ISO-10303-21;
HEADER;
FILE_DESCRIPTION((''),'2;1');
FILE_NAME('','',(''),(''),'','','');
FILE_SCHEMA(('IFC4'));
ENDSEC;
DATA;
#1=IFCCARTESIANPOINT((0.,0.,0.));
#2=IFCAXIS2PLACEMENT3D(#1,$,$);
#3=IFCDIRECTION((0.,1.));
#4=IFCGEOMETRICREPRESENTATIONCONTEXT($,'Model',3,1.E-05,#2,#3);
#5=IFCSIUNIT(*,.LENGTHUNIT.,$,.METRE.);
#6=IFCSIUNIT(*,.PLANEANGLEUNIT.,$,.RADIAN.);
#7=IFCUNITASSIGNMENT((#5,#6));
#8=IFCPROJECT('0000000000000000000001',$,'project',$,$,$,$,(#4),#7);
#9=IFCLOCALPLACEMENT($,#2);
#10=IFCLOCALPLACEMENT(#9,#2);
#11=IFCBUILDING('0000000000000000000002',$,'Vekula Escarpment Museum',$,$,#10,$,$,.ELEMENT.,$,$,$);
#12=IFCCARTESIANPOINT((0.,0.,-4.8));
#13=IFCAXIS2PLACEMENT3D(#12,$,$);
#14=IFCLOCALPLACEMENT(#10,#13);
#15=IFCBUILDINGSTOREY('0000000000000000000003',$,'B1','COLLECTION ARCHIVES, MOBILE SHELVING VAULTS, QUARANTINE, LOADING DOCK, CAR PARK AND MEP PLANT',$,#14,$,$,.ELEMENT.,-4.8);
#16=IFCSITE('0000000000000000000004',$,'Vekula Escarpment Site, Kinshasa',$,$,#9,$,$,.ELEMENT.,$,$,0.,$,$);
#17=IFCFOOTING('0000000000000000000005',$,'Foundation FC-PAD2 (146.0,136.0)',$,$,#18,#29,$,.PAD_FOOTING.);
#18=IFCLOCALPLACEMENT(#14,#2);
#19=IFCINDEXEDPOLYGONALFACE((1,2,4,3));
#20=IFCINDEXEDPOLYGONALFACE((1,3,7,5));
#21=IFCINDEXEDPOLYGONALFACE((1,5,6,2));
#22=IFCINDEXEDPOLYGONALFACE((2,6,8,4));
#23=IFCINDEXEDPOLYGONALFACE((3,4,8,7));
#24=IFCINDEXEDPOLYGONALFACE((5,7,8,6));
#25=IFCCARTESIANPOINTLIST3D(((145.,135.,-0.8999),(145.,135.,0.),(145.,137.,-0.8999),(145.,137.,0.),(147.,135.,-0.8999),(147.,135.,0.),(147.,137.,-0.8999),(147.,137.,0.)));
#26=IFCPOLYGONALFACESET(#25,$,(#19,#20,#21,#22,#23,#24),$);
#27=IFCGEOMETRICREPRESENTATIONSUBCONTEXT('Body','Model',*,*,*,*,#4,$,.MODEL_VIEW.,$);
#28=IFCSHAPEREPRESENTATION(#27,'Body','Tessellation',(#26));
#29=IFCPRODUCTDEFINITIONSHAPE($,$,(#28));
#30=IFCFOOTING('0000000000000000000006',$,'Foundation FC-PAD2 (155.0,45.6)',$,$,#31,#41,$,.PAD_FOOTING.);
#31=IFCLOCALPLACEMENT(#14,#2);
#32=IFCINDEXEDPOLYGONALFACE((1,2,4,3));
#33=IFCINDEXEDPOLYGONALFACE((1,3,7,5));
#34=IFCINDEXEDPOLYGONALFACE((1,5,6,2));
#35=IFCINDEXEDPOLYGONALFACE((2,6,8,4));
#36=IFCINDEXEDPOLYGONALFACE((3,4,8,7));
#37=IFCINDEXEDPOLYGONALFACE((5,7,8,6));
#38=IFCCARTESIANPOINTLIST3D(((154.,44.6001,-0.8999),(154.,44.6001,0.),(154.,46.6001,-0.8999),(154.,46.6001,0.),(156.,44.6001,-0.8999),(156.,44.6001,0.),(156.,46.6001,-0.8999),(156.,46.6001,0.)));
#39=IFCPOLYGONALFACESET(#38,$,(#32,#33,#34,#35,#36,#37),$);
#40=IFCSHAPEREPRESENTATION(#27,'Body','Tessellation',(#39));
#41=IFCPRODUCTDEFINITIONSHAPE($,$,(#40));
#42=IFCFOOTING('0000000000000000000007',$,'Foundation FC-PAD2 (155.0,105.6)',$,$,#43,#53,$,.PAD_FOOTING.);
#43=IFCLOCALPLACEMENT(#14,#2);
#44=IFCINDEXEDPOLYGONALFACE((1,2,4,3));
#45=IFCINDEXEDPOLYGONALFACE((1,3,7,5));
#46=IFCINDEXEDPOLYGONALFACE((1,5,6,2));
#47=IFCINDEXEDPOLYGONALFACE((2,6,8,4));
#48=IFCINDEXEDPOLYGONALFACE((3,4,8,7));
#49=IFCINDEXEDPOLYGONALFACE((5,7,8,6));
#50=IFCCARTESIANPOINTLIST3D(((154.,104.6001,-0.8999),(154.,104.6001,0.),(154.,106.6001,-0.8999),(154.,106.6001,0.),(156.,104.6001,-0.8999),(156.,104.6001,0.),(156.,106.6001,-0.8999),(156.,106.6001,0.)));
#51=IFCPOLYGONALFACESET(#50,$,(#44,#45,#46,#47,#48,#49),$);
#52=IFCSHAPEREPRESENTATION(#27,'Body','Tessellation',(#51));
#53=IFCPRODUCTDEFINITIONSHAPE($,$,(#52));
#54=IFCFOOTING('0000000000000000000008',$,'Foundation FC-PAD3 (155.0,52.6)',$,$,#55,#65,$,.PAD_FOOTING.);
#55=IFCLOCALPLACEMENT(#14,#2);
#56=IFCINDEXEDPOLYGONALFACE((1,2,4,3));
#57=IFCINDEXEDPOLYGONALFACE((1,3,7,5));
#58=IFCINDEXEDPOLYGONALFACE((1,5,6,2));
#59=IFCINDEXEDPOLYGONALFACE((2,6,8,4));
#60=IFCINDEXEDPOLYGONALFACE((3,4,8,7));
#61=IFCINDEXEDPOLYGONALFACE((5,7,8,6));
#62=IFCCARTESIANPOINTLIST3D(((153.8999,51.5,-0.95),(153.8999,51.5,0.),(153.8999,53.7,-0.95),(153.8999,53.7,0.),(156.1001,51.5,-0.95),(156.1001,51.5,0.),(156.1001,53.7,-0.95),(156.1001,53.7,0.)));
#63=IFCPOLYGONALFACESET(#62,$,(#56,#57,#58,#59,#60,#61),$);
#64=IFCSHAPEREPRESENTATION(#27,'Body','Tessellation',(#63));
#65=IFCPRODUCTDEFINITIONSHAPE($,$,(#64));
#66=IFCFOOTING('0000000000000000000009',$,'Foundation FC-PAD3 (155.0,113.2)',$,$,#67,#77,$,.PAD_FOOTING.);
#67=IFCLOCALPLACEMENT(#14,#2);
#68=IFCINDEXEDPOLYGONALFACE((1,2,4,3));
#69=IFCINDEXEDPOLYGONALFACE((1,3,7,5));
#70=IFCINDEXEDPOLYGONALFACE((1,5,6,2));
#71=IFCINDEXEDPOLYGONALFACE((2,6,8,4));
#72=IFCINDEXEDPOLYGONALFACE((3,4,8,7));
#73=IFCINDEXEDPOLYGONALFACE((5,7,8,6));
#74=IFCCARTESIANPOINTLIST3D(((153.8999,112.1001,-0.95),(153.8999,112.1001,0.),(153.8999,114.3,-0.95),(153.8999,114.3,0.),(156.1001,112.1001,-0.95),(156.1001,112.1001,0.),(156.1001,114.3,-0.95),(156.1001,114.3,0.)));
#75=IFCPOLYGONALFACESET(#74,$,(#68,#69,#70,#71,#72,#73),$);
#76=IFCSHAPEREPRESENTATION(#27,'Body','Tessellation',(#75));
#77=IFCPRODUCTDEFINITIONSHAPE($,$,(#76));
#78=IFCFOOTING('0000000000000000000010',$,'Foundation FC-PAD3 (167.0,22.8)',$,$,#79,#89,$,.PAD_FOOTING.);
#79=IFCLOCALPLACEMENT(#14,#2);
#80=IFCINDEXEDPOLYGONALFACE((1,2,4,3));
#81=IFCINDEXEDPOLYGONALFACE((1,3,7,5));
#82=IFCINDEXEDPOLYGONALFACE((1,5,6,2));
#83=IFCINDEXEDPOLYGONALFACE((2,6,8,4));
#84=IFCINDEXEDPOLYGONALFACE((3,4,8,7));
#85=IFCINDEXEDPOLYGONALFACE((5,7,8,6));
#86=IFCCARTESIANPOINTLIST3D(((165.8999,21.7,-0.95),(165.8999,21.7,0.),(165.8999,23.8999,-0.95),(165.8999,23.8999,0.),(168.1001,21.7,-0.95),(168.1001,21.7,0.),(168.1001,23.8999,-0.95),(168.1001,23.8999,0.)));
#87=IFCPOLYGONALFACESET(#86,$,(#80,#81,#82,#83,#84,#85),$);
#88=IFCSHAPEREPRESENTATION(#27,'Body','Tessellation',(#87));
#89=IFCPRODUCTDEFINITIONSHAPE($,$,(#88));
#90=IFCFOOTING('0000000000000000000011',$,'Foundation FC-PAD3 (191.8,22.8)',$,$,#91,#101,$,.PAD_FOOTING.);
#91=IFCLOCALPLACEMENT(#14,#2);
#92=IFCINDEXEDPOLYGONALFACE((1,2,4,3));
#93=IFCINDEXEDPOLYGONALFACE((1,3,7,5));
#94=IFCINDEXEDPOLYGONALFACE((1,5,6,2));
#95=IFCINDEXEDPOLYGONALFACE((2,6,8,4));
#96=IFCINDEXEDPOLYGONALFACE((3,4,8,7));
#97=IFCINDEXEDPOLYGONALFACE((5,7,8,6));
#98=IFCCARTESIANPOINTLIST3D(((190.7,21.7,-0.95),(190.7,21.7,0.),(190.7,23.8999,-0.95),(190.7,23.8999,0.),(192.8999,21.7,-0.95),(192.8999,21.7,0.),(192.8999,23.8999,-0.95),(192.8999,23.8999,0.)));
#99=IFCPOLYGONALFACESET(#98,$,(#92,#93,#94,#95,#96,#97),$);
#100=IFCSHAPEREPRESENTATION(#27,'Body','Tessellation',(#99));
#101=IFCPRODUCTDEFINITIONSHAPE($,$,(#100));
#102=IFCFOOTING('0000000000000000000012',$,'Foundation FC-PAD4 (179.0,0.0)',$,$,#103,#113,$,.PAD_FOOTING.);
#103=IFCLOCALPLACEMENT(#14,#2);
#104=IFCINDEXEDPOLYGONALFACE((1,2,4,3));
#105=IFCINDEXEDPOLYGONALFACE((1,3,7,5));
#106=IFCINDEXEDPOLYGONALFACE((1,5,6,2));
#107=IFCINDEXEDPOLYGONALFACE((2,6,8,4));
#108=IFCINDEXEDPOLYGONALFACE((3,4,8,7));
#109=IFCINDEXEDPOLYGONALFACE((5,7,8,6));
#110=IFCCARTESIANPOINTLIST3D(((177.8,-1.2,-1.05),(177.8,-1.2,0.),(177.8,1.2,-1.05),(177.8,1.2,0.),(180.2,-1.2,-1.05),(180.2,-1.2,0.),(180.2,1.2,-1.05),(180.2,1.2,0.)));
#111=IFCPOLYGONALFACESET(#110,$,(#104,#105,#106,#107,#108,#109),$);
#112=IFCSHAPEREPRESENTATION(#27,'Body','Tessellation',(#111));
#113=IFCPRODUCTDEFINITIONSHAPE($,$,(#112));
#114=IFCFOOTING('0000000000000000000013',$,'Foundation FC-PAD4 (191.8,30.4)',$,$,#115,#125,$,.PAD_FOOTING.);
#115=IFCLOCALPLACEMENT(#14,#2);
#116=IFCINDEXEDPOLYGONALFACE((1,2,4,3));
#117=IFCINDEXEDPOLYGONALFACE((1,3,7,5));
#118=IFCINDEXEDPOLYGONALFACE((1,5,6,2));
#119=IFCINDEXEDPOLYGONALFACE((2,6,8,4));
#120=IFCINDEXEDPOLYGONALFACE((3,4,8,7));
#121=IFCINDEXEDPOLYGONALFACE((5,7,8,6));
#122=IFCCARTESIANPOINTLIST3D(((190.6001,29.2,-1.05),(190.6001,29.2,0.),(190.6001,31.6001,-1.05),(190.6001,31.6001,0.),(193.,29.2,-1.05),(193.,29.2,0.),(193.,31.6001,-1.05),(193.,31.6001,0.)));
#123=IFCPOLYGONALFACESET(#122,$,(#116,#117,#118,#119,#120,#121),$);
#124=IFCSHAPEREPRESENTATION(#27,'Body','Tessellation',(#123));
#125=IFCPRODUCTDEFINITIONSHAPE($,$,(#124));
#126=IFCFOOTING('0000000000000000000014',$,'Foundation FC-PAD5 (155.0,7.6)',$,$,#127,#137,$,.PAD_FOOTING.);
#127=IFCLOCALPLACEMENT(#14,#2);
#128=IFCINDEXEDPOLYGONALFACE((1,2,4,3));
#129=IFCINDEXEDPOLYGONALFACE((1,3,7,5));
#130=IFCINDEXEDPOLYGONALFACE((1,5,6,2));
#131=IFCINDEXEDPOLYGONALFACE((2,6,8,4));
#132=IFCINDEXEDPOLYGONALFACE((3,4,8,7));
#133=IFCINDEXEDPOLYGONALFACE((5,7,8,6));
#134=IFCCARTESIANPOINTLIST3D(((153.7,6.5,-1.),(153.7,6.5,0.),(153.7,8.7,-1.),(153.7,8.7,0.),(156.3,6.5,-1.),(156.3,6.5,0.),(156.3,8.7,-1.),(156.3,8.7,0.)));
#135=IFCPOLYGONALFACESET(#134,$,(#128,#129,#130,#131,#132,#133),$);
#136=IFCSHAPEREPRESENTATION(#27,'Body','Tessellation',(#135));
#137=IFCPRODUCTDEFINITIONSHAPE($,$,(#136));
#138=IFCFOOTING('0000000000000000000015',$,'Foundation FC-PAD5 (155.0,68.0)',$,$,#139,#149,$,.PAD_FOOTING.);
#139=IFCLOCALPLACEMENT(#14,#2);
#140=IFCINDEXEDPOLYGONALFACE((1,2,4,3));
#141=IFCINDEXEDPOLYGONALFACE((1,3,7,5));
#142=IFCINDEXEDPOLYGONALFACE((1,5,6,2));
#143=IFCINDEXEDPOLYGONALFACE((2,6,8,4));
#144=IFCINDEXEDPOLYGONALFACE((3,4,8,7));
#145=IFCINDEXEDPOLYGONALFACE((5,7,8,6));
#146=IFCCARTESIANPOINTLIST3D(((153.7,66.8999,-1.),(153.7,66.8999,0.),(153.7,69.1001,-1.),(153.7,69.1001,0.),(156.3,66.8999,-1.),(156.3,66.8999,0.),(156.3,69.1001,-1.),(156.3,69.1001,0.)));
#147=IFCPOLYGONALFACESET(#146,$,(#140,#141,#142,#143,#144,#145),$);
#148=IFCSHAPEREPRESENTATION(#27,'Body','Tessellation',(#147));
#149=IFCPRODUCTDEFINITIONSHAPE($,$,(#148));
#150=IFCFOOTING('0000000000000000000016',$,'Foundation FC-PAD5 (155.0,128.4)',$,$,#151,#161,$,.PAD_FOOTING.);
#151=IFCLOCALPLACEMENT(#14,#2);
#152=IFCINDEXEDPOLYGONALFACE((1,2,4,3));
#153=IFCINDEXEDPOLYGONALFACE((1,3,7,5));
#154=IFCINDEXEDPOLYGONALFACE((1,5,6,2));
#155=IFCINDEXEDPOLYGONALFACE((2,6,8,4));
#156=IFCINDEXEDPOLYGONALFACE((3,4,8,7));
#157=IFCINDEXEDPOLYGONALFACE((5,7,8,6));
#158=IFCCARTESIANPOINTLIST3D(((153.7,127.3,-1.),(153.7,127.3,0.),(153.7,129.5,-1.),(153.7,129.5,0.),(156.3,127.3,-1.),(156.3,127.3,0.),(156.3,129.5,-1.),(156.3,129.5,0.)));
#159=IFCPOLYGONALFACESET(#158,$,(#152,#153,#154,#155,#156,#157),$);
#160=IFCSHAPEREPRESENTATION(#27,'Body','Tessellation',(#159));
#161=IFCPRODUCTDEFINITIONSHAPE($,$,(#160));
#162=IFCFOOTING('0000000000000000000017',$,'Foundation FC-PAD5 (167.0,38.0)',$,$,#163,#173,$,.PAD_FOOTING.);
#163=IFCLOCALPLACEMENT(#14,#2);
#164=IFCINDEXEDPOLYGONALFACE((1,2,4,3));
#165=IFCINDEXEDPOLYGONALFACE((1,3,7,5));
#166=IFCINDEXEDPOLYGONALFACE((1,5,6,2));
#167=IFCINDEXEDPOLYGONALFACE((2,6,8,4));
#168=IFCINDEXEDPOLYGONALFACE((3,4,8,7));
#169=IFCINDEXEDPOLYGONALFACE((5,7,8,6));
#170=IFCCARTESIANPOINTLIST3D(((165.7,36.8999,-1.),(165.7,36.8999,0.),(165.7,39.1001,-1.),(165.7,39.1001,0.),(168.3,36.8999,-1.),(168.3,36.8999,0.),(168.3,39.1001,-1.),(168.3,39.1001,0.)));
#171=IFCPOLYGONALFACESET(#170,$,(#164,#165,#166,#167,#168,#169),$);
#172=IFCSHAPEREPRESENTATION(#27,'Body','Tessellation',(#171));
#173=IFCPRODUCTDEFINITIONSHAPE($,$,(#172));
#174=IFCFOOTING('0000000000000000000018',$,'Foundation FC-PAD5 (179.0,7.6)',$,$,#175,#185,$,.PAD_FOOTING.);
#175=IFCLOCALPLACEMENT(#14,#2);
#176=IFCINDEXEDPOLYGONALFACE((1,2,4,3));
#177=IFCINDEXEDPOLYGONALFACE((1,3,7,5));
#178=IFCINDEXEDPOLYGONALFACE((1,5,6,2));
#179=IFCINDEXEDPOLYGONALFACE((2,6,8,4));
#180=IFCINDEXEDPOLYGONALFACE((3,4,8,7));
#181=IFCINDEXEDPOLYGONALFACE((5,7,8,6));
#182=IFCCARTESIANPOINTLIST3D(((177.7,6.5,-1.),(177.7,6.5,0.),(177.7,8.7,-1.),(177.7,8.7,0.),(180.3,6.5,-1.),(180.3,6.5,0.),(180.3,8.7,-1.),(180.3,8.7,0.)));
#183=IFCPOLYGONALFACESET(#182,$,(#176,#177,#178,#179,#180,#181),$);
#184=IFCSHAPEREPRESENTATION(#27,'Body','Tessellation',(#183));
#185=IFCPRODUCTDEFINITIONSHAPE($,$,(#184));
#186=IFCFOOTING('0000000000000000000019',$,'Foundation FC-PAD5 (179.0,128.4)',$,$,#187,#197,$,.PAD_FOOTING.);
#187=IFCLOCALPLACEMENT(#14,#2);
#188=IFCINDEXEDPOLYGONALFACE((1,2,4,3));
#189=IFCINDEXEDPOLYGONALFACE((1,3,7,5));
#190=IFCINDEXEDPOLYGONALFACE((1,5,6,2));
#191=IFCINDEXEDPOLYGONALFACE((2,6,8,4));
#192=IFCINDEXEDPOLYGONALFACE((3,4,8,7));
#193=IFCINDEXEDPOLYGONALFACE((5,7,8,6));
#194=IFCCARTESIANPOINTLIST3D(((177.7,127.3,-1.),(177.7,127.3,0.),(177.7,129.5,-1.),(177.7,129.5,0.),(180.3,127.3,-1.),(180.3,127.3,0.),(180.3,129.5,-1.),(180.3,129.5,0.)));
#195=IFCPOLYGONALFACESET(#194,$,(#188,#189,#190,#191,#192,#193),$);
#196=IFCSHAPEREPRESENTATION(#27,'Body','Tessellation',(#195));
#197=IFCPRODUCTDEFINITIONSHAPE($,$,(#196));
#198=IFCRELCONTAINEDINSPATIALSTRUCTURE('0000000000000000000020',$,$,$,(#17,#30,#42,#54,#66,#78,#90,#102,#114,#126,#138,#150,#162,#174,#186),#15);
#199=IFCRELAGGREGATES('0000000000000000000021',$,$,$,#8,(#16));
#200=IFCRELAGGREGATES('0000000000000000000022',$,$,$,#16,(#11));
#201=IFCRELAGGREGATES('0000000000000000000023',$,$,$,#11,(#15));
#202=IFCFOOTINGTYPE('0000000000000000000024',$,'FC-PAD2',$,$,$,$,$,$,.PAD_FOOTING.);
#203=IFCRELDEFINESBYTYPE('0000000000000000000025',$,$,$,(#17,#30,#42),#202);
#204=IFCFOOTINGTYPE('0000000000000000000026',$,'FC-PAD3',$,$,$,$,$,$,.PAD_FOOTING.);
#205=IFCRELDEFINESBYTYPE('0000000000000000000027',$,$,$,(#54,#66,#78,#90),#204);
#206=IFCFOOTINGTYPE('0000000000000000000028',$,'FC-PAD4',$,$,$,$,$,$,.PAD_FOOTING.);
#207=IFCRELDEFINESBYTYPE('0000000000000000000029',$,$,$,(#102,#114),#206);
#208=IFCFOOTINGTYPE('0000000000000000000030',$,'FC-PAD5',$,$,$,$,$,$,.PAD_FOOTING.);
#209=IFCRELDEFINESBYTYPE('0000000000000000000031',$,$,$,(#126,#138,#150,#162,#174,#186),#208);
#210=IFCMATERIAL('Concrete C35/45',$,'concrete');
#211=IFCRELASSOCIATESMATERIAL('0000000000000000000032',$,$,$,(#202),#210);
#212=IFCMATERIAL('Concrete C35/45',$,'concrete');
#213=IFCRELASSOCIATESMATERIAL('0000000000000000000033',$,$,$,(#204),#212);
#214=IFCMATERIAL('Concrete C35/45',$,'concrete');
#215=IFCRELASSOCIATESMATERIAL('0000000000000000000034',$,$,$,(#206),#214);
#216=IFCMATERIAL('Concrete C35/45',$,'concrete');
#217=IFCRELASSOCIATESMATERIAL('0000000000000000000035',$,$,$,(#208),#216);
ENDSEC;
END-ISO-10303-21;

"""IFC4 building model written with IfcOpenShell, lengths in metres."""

from ifc_helpers import new_model, si_unit, direction, frame, origin, place, context, subcontext, project, spatial, polyline, outline, extrude, material, type_object, element, save


model = new_model("IFC4")

# Units and contexts
model_context = context("Model", 3, precision=1e-05, world=origin(), true_north=direction((0.0, 1.0)))
body_context = subcontext(model_context, "Body", "Model", "MODEL_VIEW")
ifc_project = project(units=[si_unit("LENGTHUNIT", "METRE"), si_unit("PLANEANGLEUNIT", "RADIAN")], contexts=[model_context])

# Site, building, storey
site_placement = place(None, origin())
site = spatial("IfcSite", under=ifc_project, at=site_placement, Name="Vekula Escarpment Site, Kinshasa", CompositionType="ELEMENT", RefElevation=0.0)
building_placement = place(site_placement, origin())
building = spatial("IfcBuilding", under=site, at=building_placement, Name="Vekula Escarpment Museum", CompositionType="ELEMENT")
storey_placement = place(building_placement, frame((0.0, 0.0, -4.8)))
storey = spatial("IfcBuildingStorey", under=building, at=storey_placement, Name="B1", Description="COLLECTION ARCHIVES, MOBILE SHELVING VAULTS, QUARANTINE, LOADING DOCK, CAR PARK AND MEP PLANT", CompositionType="ELEMENT", Elevation=-4.8)

# Footings
ifc_material_1 = material(Name="Concrete C35/45", Category="concrete")
footing_type_1 = type_object("IfcFootingType", Name="FC-PAD2", PredefinedType="PAD_FOOTING", material=ifc_material_1)
footing_1_placement = place(storey_placement, frame((0.0, 0.0, -0.8999)))
element("IfcFooting", 1, at=footing_1_placement, inside=storey, type_object=footing_type_1, Name="Foundation FC-PAD2 (146.0,136.0)", PredefinedType="PAD_FOOTING", context=body_context, shape_type="SweptSolid", body=[
    extrude(outline(polyline([(145.0, 135.0), (147.0, 135.0), (147.0, 137.0), (145.0, 137.0), (145.0, 135.0)])), origin(), (0.0, 0.0, 1.0), 0.8999),
])
footing_2_placement = place(storey_placement, frame((0.0, 0.0, -0.8999)))
element("IfcFooting", 2, at=footing_2_placement, inside=storey, type_object=footing_type_1, Name="Foundation FC-PAD2 (155.0,45.6)", PredefinedType="PAD_FOOTING", context=body_context, shape_type="SweptSolid", body=[
    extrude(outline(polyline([(154.0, 44.6001), (156.0, 44.6001), (156.0, 46.6001), (154.0, 46.6001), (154.0, 44.6001)])), origin(), (0.0, 0.0, 1.0), 0.8999),
])
footing_3_placement = place(storey_placement, frame((0.0, 0.0, -0.8999)))
element("IfcFooting", 3, at=footing_3_placement, inside=storey, type_object=footing_type_1, Name="Foundation FC-PAD2 (155.0,105.6)", PredefinedType="PAD_FOOTING", context=body_context, shape_type="SweptSolid", body=[
    extrude(outline(polyline([(154.0, 104.6001), (156.0, 104.6001), (156.0, 106.6001), (154.0, 106.6001), (154.0, 104.6001)])), origin(), (0.0, 0.0, 1.0), 0.8999),
])
ifc_material_2 = material(Name="Concrete C35/45", Category="concrete")
footing_type_2 = type_object("IfcFootingType", Name="FC-PAD3", PredefinedType="PAD_FOOTING", material=ifc_material_2)
footing_4_placement = place(storey_placement, frame((0.0, 0.0, -0.95)))
element("IfcFooting", 4, at=footing_4_placement, inside=storey, type_object=footing_type_2, Name="Foundation FC-PAD3 (155.0,52.6)", PredefinedType="PAD_FOOTING", context=body_context, shape_type="SweptSolid", body=[
    extrude(outline(polyline([(153.8999, 51.5), (156.1001, 51.5), (156.1001, 53.7), (153.8999, 53.7), (153.8999, 51.5)])), origin(), (0.0, 0.0, 1.0), 0.95),
])
footing_5_placement = place(storey_placement, frame((0.0, 0.0, -0.95)))
element("IfcFooting", 5, at=footing_5_placement, inside=storey, type_object=footing_type_2, Name="Foundation FC-PAD3 (155.0,113.2)", PredefinedType="PAD_FOOTING", context=body_context, shape_type="SweptSolid", body=[
    extrude(outline(polyline([(153.8999, 112.1001), (156.1001, 112.1001), (156.1001, 114.3), (153.8999, 114.3), (153.8999, 112.1001)])), origin(), (0.0, 0.0, 1.0), 0.95),
])
footing_6_placement = place(storey_placement, frame((0.0, 0.0, -0.95)))
element("IfcFooting", 6, at=footing_6_placement, inside=storey, type_object=footing_type_2, Name="Foundation FC-PAD3 (167.0,22.8)", PredefinedType="PAD_FOOTING", context=body_context, shape_type="SweptSolid", body=[
    extrude(outline(polyline([(165.8999, 21.7), (168.1001, 21.7), (168.1001, 23.8999), (165.8999, 23.8999), (165.8999, 21.7)])), origin(), (0.0, 0.0, 1.0), 0.95),
])
footing_7_placement = place(storey_placement, frame((0.0, 0.0, -0.95)))
element("IfcFooting", 7, at=footing_7_placement, inside=storey, type_object=footing_type_2, Name="Foundation FC-PAD3 (191.8,22.8)", PredefinedType="PAD_FOOTING", context=body_context, shape_type="SweptSolid", body=[
    extrude(outline(polyline([(190.7, 21.7), (192.8999, 21.7), (192.8999, 23.8999), (190.7, 23.8999), (190.7, 21.7)])), origin(), (0.0, 0.0, 1.0), 0.95),
])
ifc_material_3 = material(Name="Concrete C35/45", Category="concrete")
footing_type_3 = type_object("IfcFootingType", Name="FC-PAD4", PredefinedType="PAD_FOOTING", material=ifc_material_3)
footing_8_placement = place(storey_placement, frame((0.0, 0.0, -1.05)))
element("IfcFooting", 8, at=footing_8_placement, inside=storey, type_object=footing_type_3, Name="Foundation FC-PAD4 (179.0,0.0)", PredefinedType="PAD_FOOTING", context=body_context, shape_type="SweptSolid", body=[
    extrude(outline(polyline([(177.8, -1.2), (180.2, -1.2), (180.2, 1.2), (177.8, 1.2), (177.8, -1.2)])), origin(), (0.0, 0.0, 1.0), 1.05),
])
footing_9_placement = place(storey_placement, frame((0.0, 0.0, -1.05)))
element("IfcFooting", 9, at=footing_9_placement, inside=storey, type_object=footing_type_3, Name="Foundation FC-PAD4 (191.8,30.4)", PredefinedType="PAD_FOOTING", context=body_context, shape_type="SweptSolid", body=[
    extrude(outline(polyline([(190.6001, 29.2), (193.0, 29.2), (193.0, 31.6001), (190.6001, 31.6001), (190.6001, 29.2)])), origin(), (0.0, 0.0, 1.0), 1.05),
])
ifc_material_4 = material(Name="Concrete C35/45", Category="concrete")
footing_type_4 = type_object("IfcFootingType", Name="FC-PAD5", PredefinedType="PAD_FOOTING", material=ifc_material_4)
footing_10_placement = place(storey_placement, frame((0.0, 0.0, -1.0)))
element("IfcFooting", 10, at=footing_10_placement, inside=storey, type_object=footing_type_4, Name="Foundation FC-PAD5 (155.0,7.6)", PredefinedType="PAD_FOOTING", context=body_context, shape_type="SweptSolid", body=[
    extrude(outline(polyline([(153.7, 6.5), (156.3, 6.5), (156.3, 8.7), (153.7, 8.7), (153.7, 6.5)])), origin(), (0.0, 0.0, 1.0), 1.0),
])
footing_11_placement = place(storey_placement, frame((0.0, 0.0, -1.0)))
element("IfcFooting", 11, at=footing_11_placement, inside=storey, type_object=footing_type_4, Name="Foundation FC-PAD5 (155.0,68.0)", PredefinedType="PAD_FOOTING", context=body_context, shape_type="SweptSolid", body=[
    extrude(outline(polyline([(153.7, 66.8999), (156.3, 66.8999), (156.3, 69.1001), (153.7, 69.1001), (153.7, 66.8999)])), origin(), (0.0, 0.0, 1.0), 1.0),
])
footing_12_placement = place(storey_placement, frame((0.0, 0.0, -1.0)))
element("IfcFooting", 12, at=footing_12_placement, inside=storey, type_object=footing_type_4, Name="Foundation FC-PAD5 (155.0,128.4)", PredefinedType="PAD_FOOTING", context=body_context, shape_type="SweptSolid", body=[
    extrude(outline(polyline([(153.7, 127.3), (156.3, 127.3), (156.3, 129.5), (153.7, 129.5), (153.7, 127.3)])), origin(), (0.0, 0.0, 1.0), 1.0),
])
footing_13_placement = place(storey_placement, frame((0.0, 0.0, -1.0)))
element("IfcFooting", 13, at=footing_13_placement, inside=storey, type_object=footing_type_4, Name="Foundation FC-PAD5 (167.0,38.0)", PredefinedType="PAD_FOOTING", context=body_context, shape_type="SweptSolid", body=[
    extrude(outline(polyline([(165.7, 36.8999), (168.3, 36.8999), (168.3, 39.1001), (165.7, 39.1001), (165.7, 36.8999)])), origin(), (0.0, 0.0, 1.0), 1.0),
])
footing_14_placement = place(storey_placement, frame((0.0, 0.0, -1.0)))
element("IfcFooting", 14, at=footing_14_placement, inside=storey, type_object=footing_type_4, Name="Foundation FC-PAD5 (179.0,7.6)", PredefinedType="PAD_FOOTING", context=body_context, shape_type="SweptSolid", body=[
    extrude(outline(polyline([(177.7, 6.5), (180.3, 6.5), (180.3, 8.7), (177.7, 8.7), (177.7, 6.5)])), origin(), (0.0, 0.0, 1.0), 1.0),
])
footing_15_placement = place(storey_placement, frame((0.0, 0.0, -1.0)))
element("IfcFooting", 15, at=footing_15_placement, inside=storey, type_object=footing_type_4, Name="Foundation FC-PAD5 (179.0,128.4)", PredefinedType="PAD_FOOTING", context=body_context, shape_type="SweptSolid", body=[
    extrude(outline(polyline([(177.7, 127.3), (180.3, 127.3), (180.3, 129.5), (177.7, 129.5), (177.7, 127.3)])), origin(), (0.0, 0.0, 1.0), 1.0),
])

save(model, "model.ifc")
